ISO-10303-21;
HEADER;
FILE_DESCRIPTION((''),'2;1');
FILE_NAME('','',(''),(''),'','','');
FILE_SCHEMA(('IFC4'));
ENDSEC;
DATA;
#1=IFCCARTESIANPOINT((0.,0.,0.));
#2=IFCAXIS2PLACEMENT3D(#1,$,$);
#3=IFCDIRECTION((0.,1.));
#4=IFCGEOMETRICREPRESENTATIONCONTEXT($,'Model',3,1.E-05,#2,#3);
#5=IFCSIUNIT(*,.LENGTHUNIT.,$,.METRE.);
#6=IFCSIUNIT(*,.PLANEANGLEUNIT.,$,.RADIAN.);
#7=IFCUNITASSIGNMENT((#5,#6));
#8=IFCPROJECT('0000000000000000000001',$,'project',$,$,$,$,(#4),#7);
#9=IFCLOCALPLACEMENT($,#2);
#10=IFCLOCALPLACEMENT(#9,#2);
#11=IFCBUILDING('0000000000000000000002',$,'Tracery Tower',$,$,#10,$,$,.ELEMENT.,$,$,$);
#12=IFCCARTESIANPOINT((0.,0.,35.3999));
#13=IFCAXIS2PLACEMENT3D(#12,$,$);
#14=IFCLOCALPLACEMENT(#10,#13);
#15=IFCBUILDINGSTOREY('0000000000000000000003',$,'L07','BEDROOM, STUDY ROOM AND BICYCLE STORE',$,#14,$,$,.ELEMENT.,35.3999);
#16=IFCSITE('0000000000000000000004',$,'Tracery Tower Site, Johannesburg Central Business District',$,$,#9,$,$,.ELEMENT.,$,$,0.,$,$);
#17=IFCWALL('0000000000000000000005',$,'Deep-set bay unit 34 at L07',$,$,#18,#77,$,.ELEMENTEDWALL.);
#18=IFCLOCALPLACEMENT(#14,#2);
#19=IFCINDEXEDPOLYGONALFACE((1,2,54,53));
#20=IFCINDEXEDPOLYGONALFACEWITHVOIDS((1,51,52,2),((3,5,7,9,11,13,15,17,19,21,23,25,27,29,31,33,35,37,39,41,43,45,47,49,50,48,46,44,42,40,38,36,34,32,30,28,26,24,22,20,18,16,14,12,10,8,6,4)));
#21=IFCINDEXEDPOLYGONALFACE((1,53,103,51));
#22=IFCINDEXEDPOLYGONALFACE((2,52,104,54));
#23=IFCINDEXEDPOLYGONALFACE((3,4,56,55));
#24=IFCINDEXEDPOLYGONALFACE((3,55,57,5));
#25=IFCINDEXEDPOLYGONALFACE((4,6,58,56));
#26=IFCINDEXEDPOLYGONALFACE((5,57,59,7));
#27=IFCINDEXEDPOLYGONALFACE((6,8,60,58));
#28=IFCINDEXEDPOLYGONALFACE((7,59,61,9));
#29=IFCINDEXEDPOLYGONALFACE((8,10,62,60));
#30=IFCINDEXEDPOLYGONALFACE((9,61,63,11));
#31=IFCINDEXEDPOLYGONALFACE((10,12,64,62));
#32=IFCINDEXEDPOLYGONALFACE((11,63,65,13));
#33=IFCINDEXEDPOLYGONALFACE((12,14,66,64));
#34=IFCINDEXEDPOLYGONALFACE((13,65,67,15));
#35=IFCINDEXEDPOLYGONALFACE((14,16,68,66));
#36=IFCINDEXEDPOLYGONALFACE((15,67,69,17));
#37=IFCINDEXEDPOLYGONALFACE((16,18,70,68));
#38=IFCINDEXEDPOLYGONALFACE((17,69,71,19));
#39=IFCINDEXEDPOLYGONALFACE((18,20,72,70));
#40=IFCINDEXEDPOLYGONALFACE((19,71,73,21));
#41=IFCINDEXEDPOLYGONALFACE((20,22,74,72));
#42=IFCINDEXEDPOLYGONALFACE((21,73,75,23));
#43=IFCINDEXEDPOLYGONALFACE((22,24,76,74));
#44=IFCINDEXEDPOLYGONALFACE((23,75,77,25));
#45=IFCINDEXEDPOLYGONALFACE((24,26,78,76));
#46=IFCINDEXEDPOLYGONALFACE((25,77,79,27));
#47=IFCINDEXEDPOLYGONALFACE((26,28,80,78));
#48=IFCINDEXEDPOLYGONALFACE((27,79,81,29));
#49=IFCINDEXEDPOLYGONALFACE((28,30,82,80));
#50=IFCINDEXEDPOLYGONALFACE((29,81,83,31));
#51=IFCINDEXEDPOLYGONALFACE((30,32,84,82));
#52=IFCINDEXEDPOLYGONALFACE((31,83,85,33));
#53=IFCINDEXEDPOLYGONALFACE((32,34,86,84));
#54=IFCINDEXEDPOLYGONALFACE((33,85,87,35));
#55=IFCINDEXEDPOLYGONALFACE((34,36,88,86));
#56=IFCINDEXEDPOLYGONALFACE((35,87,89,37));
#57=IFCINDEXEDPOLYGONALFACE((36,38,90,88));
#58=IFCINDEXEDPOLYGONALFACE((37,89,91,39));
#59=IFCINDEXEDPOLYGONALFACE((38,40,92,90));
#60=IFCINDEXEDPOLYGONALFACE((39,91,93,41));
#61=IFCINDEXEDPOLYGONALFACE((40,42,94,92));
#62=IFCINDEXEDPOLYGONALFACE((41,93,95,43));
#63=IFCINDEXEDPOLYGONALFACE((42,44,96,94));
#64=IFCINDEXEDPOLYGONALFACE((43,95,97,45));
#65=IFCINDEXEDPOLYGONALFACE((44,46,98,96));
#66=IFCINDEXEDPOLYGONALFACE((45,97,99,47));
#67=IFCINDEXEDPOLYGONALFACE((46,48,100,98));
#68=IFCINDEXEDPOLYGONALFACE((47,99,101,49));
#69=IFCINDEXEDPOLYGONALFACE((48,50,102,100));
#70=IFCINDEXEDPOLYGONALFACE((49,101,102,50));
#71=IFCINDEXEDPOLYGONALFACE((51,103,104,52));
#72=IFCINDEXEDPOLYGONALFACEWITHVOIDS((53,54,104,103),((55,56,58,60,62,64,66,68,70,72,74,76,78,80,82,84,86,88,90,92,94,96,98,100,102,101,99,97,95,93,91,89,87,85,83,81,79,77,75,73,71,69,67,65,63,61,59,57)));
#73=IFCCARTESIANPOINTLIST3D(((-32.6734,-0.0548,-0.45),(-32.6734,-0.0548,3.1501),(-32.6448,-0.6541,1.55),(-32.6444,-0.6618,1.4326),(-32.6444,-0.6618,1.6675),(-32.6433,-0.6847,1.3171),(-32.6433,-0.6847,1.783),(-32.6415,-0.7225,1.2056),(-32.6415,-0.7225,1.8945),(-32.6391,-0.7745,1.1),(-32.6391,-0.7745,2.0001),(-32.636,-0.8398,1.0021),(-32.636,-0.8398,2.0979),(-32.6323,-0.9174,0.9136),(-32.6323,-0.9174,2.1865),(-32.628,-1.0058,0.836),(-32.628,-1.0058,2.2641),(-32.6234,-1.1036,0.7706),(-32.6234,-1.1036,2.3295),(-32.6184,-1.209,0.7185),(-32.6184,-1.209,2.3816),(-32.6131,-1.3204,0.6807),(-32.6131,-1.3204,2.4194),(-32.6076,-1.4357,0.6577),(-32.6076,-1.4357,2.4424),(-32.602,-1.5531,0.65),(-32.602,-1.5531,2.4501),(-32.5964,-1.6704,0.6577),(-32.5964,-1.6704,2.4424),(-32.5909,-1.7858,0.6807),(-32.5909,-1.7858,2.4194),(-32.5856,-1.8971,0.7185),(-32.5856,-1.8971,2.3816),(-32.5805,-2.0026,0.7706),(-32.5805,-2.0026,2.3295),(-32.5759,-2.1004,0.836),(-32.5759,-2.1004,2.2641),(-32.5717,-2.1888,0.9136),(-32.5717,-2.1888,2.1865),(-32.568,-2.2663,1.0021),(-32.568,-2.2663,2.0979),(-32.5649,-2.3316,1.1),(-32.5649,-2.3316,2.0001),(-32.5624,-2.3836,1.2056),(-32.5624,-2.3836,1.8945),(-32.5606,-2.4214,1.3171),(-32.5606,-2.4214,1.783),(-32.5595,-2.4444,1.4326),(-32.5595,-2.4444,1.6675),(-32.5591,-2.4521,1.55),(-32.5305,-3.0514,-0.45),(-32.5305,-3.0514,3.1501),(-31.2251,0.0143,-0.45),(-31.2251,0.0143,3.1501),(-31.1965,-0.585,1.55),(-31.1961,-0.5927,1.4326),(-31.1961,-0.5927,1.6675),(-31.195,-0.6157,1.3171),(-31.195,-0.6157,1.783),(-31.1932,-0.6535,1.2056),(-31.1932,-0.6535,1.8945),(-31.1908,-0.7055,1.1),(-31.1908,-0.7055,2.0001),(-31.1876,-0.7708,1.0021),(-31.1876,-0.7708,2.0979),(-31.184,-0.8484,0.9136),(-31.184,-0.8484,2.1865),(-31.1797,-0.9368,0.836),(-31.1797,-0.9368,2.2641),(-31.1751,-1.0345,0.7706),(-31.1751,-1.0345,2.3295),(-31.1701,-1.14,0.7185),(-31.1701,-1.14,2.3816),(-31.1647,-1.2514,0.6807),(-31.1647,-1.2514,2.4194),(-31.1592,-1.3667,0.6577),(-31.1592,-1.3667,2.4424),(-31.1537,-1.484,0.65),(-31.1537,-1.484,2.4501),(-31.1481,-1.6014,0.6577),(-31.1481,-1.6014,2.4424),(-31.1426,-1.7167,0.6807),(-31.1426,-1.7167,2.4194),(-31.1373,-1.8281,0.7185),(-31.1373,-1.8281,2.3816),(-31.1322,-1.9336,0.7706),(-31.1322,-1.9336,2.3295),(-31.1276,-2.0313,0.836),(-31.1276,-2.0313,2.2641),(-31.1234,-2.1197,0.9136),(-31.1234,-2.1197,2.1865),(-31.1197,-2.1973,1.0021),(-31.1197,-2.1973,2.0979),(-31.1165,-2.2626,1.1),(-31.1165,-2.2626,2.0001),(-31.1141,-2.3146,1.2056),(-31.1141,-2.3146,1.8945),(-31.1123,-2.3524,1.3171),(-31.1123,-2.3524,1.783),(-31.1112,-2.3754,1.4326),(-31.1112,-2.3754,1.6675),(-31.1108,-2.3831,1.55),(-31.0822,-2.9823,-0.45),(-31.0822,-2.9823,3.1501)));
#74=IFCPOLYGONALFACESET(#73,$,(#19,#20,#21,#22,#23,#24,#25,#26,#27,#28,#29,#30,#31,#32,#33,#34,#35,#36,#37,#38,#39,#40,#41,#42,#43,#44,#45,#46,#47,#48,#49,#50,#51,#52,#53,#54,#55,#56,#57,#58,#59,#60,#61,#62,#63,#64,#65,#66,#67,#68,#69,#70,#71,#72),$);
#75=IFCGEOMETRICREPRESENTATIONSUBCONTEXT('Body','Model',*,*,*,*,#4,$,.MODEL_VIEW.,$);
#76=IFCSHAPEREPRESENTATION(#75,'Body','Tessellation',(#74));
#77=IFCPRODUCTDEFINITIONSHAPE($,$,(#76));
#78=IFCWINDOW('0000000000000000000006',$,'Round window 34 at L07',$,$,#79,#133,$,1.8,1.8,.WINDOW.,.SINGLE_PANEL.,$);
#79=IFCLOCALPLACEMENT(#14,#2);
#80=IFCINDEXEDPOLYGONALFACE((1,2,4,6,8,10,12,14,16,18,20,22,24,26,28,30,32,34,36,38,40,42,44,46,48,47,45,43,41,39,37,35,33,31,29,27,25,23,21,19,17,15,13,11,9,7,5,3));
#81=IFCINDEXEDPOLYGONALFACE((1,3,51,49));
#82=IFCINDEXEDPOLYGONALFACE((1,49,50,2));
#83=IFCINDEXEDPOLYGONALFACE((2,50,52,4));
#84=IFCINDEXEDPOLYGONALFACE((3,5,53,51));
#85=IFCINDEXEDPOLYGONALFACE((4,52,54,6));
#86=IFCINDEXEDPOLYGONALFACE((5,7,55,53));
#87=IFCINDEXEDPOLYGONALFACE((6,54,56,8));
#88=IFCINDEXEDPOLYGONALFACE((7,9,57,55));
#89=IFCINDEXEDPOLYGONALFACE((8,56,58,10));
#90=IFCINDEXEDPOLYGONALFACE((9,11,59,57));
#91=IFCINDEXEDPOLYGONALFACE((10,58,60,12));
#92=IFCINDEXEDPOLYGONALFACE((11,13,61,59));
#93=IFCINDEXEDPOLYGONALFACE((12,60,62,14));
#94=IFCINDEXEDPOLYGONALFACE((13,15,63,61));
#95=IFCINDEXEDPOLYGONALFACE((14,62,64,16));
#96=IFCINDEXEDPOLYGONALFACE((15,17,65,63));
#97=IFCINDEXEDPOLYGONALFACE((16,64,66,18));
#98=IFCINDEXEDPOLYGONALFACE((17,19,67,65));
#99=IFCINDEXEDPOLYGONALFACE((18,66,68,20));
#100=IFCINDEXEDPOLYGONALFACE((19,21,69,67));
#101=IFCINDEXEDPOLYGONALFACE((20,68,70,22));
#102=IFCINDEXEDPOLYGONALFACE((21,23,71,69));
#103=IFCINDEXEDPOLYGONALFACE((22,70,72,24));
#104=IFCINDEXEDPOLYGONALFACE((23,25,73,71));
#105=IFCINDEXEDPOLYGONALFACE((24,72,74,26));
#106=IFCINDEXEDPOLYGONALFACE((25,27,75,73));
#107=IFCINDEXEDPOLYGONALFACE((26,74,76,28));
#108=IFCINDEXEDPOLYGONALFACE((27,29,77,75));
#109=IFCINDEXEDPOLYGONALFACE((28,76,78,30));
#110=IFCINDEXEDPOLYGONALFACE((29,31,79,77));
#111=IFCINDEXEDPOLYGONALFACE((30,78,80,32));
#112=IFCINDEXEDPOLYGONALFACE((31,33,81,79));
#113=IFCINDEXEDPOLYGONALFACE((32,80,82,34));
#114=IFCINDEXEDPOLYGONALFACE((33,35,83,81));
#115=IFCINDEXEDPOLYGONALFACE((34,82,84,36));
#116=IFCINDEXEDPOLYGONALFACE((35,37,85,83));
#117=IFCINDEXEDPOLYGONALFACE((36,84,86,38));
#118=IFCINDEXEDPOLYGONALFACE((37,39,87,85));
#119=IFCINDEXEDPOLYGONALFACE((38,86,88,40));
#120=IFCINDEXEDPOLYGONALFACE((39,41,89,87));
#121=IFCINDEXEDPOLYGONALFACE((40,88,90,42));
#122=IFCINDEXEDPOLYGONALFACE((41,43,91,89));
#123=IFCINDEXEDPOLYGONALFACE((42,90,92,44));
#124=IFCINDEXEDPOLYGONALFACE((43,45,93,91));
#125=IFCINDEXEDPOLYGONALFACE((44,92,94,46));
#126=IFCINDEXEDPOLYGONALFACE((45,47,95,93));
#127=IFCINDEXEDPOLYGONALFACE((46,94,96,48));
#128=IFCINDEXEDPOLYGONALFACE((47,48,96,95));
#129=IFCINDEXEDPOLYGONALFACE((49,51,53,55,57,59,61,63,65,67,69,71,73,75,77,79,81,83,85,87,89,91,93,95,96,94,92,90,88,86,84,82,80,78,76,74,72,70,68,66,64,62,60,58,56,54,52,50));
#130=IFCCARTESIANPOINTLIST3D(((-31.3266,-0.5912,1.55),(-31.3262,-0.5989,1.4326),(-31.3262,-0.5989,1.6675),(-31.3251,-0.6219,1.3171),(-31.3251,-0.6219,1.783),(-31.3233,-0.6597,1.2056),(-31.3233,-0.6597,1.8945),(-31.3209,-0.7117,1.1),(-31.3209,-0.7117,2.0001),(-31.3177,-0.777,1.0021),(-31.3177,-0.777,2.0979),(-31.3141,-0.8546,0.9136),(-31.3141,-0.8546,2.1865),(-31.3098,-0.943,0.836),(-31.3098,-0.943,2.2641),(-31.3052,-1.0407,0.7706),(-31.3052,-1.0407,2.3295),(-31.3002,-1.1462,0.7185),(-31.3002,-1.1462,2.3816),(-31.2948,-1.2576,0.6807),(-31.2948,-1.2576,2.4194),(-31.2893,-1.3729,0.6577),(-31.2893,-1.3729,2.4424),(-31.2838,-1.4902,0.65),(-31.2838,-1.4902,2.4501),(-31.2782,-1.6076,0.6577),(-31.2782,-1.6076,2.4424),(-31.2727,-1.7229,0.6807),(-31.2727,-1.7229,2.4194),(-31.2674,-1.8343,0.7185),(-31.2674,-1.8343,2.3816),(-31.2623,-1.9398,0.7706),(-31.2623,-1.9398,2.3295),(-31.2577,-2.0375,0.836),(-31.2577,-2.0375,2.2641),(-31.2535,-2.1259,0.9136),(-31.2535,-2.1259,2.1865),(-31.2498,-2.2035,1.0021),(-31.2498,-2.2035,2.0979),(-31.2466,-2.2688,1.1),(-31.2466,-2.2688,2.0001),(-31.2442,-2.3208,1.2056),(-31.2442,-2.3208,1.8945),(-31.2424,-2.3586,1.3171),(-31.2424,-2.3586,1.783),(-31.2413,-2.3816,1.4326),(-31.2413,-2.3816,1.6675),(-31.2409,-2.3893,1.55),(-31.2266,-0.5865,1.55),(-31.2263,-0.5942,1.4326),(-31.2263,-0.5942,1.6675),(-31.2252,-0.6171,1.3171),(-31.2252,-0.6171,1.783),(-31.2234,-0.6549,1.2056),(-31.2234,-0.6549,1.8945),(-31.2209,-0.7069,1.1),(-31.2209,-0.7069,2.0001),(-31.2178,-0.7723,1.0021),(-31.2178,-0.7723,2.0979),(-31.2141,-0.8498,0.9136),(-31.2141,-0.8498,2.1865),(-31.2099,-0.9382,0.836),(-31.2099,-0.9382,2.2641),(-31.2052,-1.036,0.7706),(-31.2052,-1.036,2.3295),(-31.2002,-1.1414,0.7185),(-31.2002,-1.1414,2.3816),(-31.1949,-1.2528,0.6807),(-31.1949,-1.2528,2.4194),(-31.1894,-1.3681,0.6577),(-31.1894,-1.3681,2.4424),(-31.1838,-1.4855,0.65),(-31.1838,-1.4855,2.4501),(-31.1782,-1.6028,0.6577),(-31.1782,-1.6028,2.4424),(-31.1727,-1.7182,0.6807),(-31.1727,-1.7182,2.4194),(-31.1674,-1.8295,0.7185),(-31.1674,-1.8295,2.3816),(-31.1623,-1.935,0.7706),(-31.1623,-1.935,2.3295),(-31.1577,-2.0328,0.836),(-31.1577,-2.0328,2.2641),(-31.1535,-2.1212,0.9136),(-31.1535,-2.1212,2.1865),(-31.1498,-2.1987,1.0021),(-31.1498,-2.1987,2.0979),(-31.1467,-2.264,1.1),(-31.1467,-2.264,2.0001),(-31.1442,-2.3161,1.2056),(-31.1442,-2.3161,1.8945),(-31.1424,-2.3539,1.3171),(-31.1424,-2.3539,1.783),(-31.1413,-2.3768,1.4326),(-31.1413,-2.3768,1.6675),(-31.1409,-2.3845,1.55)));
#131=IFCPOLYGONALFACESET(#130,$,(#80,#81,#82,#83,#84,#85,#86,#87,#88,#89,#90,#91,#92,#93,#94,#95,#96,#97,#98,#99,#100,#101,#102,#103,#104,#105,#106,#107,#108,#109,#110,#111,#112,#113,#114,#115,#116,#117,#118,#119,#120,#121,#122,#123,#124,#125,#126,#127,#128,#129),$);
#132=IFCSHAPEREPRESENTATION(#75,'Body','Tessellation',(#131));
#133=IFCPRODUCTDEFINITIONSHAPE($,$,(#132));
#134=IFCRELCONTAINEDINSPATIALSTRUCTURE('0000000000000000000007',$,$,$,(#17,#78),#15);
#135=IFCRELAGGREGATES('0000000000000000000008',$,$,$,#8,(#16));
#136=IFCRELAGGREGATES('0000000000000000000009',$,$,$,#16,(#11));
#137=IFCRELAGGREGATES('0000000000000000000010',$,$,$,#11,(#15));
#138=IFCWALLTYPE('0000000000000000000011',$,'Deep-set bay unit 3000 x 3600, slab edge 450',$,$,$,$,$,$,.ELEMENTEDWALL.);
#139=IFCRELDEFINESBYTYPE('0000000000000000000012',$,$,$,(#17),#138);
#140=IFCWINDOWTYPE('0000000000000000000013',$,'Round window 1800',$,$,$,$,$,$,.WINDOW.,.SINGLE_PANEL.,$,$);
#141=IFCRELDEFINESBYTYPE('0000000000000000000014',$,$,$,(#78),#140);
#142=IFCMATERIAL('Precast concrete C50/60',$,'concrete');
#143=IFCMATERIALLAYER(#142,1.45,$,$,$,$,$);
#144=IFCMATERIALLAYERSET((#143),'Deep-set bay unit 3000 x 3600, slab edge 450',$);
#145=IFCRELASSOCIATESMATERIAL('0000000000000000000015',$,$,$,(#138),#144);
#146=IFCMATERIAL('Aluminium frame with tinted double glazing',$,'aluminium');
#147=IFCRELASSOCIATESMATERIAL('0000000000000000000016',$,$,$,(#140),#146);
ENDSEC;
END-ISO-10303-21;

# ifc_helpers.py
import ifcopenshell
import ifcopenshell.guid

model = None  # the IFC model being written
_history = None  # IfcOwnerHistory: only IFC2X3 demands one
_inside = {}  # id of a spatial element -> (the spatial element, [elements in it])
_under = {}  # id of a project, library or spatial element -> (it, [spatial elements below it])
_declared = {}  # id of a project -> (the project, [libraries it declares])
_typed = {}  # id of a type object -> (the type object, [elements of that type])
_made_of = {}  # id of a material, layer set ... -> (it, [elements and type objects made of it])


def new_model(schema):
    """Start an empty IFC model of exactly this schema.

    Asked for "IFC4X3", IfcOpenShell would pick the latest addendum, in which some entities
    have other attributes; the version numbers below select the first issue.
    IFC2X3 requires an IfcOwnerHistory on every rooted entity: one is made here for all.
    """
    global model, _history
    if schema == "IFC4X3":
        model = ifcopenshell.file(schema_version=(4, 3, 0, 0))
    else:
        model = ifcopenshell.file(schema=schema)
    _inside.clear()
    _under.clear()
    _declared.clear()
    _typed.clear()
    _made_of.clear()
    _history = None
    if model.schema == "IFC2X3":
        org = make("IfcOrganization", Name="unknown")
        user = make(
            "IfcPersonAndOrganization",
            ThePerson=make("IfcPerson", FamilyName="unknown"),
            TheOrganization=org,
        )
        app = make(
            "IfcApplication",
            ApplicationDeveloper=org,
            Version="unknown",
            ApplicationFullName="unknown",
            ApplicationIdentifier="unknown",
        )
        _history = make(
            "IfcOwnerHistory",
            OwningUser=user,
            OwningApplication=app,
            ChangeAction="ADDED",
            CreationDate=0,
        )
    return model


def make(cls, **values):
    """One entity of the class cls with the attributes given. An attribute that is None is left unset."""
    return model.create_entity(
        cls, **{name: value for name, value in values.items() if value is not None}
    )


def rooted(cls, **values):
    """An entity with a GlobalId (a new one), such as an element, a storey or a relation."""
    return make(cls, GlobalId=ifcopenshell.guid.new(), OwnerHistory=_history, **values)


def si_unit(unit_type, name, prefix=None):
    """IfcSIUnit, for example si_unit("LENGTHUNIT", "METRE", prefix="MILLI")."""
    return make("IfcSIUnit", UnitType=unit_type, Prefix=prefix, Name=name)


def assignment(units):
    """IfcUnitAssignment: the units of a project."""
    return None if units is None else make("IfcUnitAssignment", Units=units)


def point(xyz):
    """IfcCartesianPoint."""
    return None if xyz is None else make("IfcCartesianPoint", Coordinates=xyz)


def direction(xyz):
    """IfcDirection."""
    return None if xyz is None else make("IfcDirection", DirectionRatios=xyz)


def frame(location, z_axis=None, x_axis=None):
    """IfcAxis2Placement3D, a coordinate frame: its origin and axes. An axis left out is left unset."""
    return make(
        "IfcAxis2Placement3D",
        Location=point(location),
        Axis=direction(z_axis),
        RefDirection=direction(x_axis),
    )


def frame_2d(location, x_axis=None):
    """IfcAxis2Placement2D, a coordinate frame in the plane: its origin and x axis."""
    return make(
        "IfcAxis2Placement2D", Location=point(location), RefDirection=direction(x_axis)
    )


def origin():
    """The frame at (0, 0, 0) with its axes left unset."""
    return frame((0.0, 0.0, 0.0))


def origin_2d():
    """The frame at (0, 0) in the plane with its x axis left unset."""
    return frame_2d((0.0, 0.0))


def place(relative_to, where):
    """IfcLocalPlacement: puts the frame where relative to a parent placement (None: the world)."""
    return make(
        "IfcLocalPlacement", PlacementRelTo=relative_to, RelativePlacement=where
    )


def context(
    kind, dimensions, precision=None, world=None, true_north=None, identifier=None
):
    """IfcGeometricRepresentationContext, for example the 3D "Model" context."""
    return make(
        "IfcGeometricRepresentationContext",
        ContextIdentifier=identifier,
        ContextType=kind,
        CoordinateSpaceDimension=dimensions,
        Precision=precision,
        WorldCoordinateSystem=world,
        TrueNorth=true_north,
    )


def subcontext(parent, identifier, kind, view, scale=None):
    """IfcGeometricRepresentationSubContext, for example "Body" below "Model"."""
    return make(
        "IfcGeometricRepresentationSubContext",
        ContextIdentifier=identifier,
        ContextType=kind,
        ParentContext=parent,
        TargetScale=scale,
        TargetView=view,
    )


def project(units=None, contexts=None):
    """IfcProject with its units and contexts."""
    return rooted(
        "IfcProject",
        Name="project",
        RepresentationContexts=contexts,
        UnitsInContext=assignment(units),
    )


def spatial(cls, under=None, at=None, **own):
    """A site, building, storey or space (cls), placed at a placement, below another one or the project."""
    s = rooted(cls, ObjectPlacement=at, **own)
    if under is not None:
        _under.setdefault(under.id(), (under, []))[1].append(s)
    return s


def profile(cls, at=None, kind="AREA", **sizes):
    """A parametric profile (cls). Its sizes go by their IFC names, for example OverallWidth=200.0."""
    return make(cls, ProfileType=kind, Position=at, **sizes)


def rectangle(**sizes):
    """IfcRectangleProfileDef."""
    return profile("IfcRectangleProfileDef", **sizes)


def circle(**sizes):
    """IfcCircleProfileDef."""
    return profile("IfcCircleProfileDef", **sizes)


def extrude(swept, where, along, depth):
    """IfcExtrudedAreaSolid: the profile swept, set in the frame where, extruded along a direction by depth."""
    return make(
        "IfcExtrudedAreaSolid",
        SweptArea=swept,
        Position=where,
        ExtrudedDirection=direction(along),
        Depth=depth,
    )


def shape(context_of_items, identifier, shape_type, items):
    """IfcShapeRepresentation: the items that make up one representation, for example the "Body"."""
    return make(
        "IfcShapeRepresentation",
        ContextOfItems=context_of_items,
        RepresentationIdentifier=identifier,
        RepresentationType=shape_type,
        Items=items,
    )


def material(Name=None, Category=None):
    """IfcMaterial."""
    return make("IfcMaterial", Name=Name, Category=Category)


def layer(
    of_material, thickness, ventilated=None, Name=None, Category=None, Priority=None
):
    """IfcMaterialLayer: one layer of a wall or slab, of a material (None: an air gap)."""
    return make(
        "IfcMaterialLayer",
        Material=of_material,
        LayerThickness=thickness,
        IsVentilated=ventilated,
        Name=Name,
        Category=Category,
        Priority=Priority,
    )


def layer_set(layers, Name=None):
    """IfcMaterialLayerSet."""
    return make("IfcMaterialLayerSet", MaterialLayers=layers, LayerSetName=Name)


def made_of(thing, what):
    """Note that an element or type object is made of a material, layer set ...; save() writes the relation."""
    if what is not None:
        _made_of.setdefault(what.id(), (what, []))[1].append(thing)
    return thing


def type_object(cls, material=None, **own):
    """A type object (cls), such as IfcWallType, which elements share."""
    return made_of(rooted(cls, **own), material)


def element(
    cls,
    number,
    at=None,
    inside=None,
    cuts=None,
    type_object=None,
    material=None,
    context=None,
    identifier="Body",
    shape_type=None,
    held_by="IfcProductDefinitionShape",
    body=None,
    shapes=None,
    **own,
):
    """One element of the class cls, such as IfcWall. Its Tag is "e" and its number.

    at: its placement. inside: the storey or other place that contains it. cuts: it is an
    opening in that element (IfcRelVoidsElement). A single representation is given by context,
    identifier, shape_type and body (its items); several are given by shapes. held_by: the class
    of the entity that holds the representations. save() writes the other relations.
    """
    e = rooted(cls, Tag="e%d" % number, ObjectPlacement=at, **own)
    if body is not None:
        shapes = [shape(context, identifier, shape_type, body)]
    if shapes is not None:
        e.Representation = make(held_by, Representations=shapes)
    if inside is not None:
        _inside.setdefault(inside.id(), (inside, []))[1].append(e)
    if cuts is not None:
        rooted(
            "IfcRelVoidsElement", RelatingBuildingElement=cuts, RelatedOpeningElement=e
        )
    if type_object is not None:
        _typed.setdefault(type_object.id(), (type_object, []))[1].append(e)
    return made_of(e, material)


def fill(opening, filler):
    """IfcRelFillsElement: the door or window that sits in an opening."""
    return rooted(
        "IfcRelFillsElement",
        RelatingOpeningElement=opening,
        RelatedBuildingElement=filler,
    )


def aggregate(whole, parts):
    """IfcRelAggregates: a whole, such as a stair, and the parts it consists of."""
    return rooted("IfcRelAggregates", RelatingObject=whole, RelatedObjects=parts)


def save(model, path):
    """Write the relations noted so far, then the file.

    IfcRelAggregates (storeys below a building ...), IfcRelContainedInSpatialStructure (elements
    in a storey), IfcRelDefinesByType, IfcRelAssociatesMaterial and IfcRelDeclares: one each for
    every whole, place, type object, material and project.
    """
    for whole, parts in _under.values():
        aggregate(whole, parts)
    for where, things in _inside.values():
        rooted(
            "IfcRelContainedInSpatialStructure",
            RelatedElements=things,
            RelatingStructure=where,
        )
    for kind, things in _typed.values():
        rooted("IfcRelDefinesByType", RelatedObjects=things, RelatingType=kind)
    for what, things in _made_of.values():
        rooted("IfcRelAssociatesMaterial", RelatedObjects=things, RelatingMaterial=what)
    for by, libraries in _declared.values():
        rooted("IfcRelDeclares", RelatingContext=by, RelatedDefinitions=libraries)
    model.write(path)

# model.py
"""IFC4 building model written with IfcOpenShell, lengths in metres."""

from ifc_helpers import new_model, si_unit, direction, frame, frame_2d, origin, origin_2d, place, context, subcontext, project, spatial, rectangle, circle, extrude, material, layer, layer_set, type_object, element, fill, save


model = new_model("IFC4")

# Units and contexts
model_context = context("Model", 3, precision=1e-05, world=origin(), true_north=direction((0.0, 1.0)))
body_context = subcontext(model_context, "Body", "Model", "MODEL_VIEW")
ifc_project = project(units=[si_unit("LENGTHUNIT", "METRE"), si_unit("PLANEANGLEUNIT", "RADIAN")], contexts=[model_context])

# Site, building, storey
site_placement = place(None, origin())
site = spatial("IfcSite", under=ifc_project, at=site_placement, Name="Tracery Tower Site, Johannesburg Central Business District", CompositionType="ELEMENT", RefElevation=0.0)
building_placement = place(site_placement, origin())
building = spatial("IfcBuilding", under=site, at=building_placement, Name="Tracery Tower", CompositionType="ELEMENT")
storey_placement = place(building_placement, frame((0.0, 0.0, 35.3999)))
storey = spatial("IfcBuildingStorey", under=building, at=storey_placement, Name="L07", Description="BEDROOM, STUDY ROOM AND BICYCLE STORE", CompositionType="ELEMENT", Elevation=35.3999)

# Wall, opening, window
ifc_material_1 = material(Name="Precast concrete C50/60", Category="concrete")
ifc_layer_1 = layer(ifc_material_1, 1.45)
ifc_layer_set_1 = layer_set([ifc_layer_1], Name="Deep-set bay unit 3000 x 3600, slab edge 450")
wall_type_1 = type_object("IfcWallType", Name="Deep-set bay unit 3000 x 3600, slab edge 450", PredefinedType="ELEMENTEDWALL", material=ifc_layer_set_1)
wall_1_placement = place(storey_placement, frame((-31.9492, -0.0203, -0.45), z_axis=(0.0, 0.0, 1.0), x_axis=(0.047608, -0.998866, 0.0)))
wall_1 = element("IfcWall", 1, at=wall_1_placement, inside=storey, type_object=wall_type_1, Name="Deep-set bay unit 34 at L07", PredefinedType="ELEMENTEDWALL", context=body_context, shape_type="SweptSolid", body=[
    extrude(rectangle(XDim=3.0, YDim=1.45, at=frame_2d((1.5, 0.0))), origin(), (0.0, 0.0, 1.0), 3.6001),
])
opening_1_placement = place(wall_1_placement, frame((1.5, 0.0, 2.0)))
opening_1 = element("IfcOpeningElement", 2, at=opening_1_placement, cuts=wall_1, PredefinedType="OPENING", context=body_context, shape_type="SweptSolid", body=[
    extrude(circle(Radius=0.9, at=origin_2d()), frame((0.0, 0.7349, 0.0), z_axis=(0.0, -1.0, 0.0), x_axis=(1.0, 0.0, 0.0)), (0.0, 0.0, 1.0), 1.47),
])
ifc_material_2 = material(Name="Aluminium frame with tinted double glazing", Category="aluminium")
window_type = type_object("IfcWindowType", Name="Round window 1800", PartitioningType="SINGLE_PANEL", PredefinedType="WINDOW", material=ifc_material_2)
window_1_placement = place(opening_1_placement, origin())
window_1 = element("IfcWindow", 3, at=window_1_placement, inside=storey, type_object=window_type, Name="Round window 34 at L07", OverallHeight=1.8, OverallWidth=1.8, PartitioningType="SINGLE_PANEL", PredefinedType="WINDOW", context=body_context, shape_type="SweptSolid", body=[
    extrude(circle(Radius=0.9, at=origin_2d()), frame((0.0, 0.6948, 0.0), z_axis=(0.0, -1.0, 0.0), x_axis=(1.0, 0.0, 0.0)), (0.0, 0.0, 1.0), 0.1001),
])
fill(opening_1, window_1)

save(model, "model.ifc")
